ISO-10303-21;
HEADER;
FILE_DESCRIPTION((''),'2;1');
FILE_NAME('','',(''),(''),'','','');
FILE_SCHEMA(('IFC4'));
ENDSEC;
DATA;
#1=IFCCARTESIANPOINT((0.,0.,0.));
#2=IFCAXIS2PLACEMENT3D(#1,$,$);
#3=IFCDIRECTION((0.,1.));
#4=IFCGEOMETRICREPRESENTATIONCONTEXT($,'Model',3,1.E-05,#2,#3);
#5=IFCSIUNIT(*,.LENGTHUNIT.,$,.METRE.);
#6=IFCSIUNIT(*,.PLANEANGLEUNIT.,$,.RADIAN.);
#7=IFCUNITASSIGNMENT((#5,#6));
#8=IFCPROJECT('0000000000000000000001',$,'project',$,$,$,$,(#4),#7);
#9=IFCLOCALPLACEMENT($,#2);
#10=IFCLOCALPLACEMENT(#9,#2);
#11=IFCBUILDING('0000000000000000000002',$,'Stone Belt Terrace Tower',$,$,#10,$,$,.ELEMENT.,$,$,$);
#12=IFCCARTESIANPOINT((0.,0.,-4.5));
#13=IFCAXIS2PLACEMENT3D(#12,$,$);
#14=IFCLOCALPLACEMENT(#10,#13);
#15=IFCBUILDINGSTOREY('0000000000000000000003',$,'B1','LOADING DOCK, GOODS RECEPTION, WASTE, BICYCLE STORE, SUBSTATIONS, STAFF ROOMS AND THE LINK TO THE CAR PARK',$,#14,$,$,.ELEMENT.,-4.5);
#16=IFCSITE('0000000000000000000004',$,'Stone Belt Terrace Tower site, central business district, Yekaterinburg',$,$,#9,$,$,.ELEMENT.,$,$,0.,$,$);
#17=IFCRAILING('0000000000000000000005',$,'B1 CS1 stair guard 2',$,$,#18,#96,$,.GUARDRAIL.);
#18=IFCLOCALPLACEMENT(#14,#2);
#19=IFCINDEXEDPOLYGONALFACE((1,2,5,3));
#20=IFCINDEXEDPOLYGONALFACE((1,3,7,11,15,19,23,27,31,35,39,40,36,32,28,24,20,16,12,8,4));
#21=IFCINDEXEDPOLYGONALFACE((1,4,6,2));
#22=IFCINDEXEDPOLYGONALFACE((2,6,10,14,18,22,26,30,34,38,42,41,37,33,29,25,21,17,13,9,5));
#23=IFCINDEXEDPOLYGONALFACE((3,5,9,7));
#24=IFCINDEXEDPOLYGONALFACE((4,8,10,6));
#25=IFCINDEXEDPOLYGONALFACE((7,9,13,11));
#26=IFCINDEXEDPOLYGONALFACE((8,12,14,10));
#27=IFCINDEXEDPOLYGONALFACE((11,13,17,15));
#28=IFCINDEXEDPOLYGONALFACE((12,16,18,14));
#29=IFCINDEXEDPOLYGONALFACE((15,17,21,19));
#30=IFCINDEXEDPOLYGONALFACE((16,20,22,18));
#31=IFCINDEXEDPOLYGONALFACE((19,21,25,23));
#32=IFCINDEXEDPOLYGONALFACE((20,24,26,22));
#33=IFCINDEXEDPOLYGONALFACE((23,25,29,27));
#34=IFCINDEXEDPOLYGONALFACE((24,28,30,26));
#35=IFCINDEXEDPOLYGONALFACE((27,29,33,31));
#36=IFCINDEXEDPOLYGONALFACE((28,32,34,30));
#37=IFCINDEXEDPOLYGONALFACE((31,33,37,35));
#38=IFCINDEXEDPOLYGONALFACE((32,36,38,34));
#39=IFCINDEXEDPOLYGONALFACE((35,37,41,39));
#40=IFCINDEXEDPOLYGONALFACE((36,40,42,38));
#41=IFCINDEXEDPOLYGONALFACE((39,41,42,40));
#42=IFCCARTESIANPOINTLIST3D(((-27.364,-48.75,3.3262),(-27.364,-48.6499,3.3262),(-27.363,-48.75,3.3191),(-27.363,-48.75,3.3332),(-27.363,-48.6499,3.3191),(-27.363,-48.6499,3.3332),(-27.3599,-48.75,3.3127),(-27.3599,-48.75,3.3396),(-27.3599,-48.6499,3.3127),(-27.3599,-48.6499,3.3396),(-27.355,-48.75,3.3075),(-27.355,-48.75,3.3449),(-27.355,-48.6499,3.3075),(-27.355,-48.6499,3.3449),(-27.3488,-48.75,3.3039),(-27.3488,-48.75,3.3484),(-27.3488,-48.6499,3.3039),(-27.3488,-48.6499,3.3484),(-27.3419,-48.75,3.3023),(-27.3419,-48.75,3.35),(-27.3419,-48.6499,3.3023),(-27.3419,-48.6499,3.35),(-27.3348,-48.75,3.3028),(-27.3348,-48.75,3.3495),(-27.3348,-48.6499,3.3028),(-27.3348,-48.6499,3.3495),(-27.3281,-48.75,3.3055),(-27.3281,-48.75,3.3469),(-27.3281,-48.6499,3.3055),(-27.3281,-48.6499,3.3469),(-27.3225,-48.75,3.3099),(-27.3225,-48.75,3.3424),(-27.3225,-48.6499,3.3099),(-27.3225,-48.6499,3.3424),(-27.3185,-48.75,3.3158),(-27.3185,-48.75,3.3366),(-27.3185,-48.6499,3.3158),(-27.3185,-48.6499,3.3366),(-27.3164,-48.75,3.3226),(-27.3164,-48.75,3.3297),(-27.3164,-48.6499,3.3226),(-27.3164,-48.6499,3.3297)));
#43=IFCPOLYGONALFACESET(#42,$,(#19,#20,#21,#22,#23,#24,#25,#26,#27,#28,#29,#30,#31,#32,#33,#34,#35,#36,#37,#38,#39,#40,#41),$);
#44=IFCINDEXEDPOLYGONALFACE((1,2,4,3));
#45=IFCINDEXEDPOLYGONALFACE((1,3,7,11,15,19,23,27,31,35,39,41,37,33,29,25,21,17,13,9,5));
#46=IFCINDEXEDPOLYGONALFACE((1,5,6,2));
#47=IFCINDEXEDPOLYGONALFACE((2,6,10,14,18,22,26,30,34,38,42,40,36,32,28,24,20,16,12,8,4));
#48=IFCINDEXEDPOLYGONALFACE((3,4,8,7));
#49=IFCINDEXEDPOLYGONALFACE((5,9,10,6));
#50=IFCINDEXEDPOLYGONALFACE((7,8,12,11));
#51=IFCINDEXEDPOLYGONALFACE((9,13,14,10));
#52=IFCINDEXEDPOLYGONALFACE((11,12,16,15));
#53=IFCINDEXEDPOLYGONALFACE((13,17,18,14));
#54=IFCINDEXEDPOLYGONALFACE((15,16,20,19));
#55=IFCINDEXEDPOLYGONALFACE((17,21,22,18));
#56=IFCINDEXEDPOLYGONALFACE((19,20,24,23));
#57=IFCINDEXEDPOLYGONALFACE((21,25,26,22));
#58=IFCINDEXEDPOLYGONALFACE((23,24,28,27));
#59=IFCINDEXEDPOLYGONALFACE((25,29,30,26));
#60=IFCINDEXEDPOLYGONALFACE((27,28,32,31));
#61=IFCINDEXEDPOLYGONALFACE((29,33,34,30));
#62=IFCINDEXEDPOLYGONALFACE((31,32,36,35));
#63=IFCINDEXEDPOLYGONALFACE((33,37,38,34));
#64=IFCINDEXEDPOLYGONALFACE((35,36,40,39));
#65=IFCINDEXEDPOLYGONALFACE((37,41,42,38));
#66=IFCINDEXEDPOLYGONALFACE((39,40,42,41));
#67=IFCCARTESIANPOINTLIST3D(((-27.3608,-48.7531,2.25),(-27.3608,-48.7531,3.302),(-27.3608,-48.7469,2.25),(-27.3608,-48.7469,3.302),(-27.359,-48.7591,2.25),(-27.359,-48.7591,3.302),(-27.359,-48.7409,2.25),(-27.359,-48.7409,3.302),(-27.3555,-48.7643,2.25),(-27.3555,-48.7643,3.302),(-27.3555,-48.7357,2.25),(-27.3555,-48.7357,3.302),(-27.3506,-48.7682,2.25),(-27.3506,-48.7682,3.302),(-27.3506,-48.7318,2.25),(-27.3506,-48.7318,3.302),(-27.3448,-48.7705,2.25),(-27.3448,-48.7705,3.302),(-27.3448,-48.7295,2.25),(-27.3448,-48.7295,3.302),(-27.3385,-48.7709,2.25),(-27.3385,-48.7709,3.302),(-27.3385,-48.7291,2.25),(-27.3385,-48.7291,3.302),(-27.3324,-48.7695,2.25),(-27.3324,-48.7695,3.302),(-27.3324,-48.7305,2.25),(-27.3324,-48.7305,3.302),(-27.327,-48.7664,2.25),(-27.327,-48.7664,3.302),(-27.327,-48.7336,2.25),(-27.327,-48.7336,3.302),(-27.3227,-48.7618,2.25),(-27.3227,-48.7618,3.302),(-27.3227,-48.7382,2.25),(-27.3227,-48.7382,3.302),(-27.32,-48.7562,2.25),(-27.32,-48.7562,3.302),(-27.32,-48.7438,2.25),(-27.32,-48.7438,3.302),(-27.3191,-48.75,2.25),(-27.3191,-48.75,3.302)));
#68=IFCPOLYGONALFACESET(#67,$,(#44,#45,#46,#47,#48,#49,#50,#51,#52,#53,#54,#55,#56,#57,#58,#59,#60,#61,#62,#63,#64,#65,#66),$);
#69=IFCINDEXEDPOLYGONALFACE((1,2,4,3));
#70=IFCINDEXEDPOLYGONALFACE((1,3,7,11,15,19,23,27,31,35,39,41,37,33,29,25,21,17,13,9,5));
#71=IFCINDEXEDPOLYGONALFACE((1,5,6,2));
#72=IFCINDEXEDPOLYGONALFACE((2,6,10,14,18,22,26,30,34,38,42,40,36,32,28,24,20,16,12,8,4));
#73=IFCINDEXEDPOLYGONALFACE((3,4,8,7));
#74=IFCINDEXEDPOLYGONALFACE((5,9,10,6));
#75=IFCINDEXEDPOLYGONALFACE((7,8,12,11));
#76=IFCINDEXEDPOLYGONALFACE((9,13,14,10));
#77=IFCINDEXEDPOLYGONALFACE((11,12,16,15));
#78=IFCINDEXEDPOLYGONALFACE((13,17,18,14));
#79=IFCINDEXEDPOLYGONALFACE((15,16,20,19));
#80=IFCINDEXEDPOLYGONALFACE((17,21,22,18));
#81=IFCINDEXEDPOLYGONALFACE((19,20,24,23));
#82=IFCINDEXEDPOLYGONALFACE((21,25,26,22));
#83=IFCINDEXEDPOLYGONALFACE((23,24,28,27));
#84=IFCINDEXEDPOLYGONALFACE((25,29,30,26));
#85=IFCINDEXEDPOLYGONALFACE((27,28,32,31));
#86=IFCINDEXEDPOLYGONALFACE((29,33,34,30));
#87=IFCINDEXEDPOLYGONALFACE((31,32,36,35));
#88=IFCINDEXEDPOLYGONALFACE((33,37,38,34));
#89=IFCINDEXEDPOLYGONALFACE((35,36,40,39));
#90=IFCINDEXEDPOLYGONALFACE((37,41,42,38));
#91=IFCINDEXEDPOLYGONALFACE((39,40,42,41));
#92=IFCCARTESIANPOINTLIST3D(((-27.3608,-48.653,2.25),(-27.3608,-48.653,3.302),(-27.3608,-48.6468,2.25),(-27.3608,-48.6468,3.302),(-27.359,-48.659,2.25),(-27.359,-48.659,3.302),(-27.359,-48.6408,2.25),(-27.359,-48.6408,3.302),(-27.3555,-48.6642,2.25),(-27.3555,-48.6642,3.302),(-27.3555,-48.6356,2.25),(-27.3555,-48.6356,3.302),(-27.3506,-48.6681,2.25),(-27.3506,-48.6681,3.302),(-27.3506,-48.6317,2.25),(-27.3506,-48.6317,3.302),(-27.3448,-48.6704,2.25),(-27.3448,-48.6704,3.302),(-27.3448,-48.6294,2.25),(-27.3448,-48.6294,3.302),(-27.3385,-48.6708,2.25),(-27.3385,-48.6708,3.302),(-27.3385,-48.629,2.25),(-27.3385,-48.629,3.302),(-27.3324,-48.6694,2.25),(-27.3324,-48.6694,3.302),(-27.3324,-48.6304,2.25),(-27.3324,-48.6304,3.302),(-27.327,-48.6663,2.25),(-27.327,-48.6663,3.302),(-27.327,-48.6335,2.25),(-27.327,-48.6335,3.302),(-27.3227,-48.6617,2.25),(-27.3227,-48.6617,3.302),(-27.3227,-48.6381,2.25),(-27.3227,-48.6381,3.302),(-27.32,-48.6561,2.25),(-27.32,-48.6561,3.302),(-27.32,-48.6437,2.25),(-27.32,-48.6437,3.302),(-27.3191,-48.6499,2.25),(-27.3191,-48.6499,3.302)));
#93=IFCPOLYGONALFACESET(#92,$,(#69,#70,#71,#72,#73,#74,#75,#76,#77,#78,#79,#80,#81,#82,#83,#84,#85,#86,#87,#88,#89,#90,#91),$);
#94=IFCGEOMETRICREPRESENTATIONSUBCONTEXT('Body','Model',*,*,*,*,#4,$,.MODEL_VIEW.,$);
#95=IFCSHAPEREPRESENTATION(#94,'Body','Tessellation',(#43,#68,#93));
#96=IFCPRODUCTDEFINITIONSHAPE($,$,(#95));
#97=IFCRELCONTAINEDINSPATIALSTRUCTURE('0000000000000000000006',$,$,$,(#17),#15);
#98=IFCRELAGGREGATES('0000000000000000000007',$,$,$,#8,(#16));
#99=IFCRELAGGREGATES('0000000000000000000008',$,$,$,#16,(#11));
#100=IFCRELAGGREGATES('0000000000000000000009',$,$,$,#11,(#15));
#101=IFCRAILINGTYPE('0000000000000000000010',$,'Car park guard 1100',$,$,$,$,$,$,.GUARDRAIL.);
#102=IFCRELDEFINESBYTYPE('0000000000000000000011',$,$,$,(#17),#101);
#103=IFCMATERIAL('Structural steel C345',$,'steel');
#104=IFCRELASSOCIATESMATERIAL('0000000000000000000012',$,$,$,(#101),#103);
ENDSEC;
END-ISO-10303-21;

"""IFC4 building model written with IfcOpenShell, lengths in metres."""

from ifc_helpers import new_model, si_unit, direction, frame, origin, origin_2d, place, context, subcontext, project, spatial, circle, extrude, material, type_object, element, save


model = new_model("IFC4")

# Units and contexts
model_context = context("Model", 3, precision=1e-05, world=origin(), true_north=direction((0.0, 1.0)))
body_context = subcontext(model_context, "Body", "Model", "MODEL_VIEW")
ifc_project = project(units=[si_unit("LENGTHUNIT", "METRE"), si_unit("PLANEANGLEUNIT", "RADIAN")], contexts=[model_context])

# Site, building, storey
site_placement = place(None, origin())
site = spatial("IfcSite", under=ifc_project, at=site_placement, Name="Stone Belt Terrace Tower site, central business district, Yekaterinburg", CompositionType="ELEMENT", RefElevation=0.0)
building_placement = place(site_placement, origin())
building = spatial("IfcBuilding", under=site, at=building_placement, Name="Stone Belt Terrace Tower", CompositionType="ELEMENT")
storey_placement = place(building_placement, frame((0.0, 0.0, -4.5)))
storey = spatial("IfcBuildingStorey", under=building, at=storey_placement, Name="B1", Description="LOADING DOCK, GOODS RECEPTION, WASTE, BICYCLE STORE, SUBSTATIONS, STAFF ROOMS AND THE LINK TO THE CAR PARK", CompositionType="ELEMENT", Elevation=-4.5)

# Railing
ifc_material_1 = material(Name="Structural steel C345", Category="steel")
railing_type_1 = type_object("IfcRailingType", Name="Car park guard 1100", PredefinedType="GUARDRAIL", material=ifc_material_1)
railing_1_placement = place(storey_placement, frame((-27.3401, -48.75, 2.25)))
element("IfcRailing", 1, at=railing_1_placement, inside=storey, type_object=railing_type_1, Name="B1 CS1 stair guard 2", PredefinedType="GUARDRAIL", context=body_context, shape_type="SweptSolid", body=[
    extrude(circle(Radius=0.0239, at=origin_2d()), frame((0.0, 0.0, 1.0762), z_axis=(0.0, 1.0, 0.0), x_axis=(-1.0, 0.0, 0.0)), (0.0, 0.0, 1.0), 0.1001),
    extrude(circle(Radius=0.021, at=origin_2d()), origin(), (0.0, 0.0, 1.0), 1.052),
    extrude(circle(Radius=0.021, at=origin_2d()), frame((0.0, 0.1001, 0.0)), (0.0, 0.0, 1.0), 1.052),
])

save(model, "model.ifc")
